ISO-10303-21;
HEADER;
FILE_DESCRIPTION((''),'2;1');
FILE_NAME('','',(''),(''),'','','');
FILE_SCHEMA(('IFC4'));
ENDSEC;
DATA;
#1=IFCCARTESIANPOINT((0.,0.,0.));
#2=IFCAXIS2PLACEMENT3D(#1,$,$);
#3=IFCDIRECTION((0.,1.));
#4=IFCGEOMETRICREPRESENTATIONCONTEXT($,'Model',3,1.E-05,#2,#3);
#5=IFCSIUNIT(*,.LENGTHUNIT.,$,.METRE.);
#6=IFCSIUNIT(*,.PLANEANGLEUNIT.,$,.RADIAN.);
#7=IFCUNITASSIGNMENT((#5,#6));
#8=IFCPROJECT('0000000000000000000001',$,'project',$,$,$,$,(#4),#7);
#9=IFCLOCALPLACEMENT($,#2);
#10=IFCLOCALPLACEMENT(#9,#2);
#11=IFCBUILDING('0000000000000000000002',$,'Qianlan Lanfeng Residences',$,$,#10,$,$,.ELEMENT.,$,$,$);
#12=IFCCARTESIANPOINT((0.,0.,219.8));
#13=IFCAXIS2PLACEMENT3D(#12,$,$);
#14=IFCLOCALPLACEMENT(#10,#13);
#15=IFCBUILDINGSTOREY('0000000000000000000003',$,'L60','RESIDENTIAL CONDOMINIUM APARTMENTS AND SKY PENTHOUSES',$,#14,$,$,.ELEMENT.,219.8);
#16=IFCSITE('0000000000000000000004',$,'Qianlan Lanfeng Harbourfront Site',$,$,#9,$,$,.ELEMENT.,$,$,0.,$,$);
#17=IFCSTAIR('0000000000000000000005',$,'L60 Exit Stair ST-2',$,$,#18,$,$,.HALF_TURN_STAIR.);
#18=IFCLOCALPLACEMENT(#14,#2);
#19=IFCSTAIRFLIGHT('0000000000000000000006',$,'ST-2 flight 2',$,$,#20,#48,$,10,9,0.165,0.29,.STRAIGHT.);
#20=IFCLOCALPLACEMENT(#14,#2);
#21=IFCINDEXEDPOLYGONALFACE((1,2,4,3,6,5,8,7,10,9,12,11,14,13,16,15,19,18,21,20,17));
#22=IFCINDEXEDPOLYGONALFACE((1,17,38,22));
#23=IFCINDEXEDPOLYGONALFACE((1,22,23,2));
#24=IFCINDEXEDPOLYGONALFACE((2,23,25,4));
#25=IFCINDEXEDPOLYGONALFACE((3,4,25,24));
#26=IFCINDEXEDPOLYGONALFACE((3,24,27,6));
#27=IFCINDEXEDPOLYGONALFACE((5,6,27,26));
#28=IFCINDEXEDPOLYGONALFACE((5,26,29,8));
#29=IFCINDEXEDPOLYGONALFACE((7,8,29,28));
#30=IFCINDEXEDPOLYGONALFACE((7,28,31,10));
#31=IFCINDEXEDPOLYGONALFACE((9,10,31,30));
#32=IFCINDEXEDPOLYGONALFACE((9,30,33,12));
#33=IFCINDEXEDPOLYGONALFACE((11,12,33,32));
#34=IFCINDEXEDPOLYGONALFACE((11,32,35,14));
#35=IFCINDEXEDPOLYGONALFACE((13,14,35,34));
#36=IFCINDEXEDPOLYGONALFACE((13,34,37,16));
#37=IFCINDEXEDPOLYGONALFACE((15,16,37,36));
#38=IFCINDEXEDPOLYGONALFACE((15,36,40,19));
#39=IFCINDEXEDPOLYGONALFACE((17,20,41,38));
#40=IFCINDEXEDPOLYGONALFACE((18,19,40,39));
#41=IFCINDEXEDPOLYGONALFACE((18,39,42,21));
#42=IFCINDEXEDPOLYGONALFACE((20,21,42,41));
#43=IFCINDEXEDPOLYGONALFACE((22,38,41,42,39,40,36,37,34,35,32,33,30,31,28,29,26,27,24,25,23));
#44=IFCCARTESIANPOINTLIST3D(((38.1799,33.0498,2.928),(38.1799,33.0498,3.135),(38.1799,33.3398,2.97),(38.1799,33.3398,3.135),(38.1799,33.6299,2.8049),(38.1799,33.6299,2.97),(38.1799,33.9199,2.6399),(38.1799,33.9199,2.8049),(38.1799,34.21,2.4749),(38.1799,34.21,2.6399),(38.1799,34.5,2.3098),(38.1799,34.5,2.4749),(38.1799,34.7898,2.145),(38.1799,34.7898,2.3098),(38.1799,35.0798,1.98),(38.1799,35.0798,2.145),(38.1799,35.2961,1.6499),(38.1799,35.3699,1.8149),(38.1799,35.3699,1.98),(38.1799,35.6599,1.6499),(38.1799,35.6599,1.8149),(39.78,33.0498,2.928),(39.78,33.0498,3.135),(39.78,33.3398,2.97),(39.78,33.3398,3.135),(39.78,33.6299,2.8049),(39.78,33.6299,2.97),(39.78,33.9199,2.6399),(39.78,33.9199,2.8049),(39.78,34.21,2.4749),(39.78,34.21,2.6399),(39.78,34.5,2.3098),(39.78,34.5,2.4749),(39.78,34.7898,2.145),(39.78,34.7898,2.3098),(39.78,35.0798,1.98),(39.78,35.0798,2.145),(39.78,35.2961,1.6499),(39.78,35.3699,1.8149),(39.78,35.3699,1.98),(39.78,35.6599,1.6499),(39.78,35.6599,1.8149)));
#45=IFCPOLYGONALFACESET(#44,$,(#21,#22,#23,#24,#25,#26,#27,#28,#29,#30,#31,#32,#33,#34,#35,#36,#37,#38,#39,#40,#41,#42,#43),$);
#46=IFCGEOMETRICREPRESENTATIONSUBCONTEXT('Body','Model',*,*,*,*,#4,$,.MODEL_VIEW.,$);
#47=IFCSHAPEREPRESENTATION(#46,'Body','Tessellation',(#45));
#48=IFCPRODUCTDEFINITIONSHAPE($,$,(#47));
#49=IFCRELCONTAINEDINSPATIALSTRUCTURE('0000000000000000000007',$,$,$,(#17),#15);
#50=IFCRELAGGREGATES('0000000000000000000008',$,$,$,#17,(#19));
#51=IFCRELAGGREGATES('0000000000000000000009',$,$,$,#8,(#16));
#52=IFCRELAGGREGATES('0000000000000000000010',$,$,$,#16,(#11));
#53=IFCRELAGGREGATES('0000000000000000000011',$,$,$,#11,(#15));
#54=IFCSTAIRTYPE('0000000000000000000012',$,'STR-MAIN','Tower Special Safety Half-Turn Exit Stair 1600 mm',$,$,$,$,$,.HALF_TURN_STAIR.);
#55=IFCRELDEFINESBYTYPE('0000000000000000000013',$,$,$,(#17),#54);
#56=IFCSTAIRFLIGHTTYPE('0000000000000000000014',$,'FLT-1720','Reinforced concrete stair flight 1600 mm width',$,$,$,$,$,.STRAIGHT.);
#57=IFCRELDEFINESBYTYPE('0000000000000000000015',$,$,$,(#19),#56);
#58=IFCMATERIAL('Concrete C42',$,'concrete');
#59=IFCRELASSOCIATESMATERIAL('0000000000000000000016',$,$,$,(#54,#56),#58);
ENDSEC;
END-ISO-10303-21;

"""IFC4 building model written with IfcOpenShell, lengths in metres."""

from ifc_helpers import new_model, si_unit, direction, frame, origin, place, context, subcontext, project, spatial, polyline, outline, extrude, material, type_object, element, aggregate, save


model = new_model("IFC4")

# Units and contexts
model_context = context("Model", 3, precision=1e-05, world=origin(), true_north=direction((0.0, 1.0)))
body_context = subcontext(model_context, "Body", "Model", "MODEL_VIEW")
ifc_project = project(units=[si_unit("LENGTHUNIT", "METRE"), si_unit("PLANEANGLEUNIT", "RADIAN")], contexts=[model_context])

# Site, building, storey
site_placement = place(None, origin())
site = spatial("IfcSite", under=ifc_project, at=site_placement, Name="Qianlan Lanfeng Harbourfront Site", CompositionType="ELEMENT", RefElevation=0.0)
building_placement = place(site_placement, origin())
building = spatial("IfcBuilding", under=site, at=building_placement, Name="Qianlan Lanfeng Residences", CompositionType="ELEMENT")
storey_placement = place(building_placement, frame((0.0, 0.0, 219.8)))
storey = spatial("IfcBuildingStorey", under=building, at=storey_placement, Name="L60", Description="RESIDENTIAL CONDOMINIUM APARTMENTS AND SKY PENTHOUSES", CompositionType="ELEMENT", Elevation=219.8)

# Shared definitions
ifc_material_1 = material(Name="Concrete C42", Category="concrete")

# Stair, stair flight
stair_type = type_object("IfcStairType", Name="STR-MAIN", Description="Tower Special Safety Half-Turn Exit Stair 1600 mm", PredefinedType="HALF_TURN_STAIR", material=ifc_material_1)
stair_placement = place(storey_placement, origin())
stair = element("IfcStair", 1, at=stair_placement, inside=storey, type_object=stair_type, Name="L60 Exit Stair ST-2", PredefinedType="HALF_TURN_STAIR")
stair_flight_type = type_object("IfcStairFlightType", Name="FLT-1720", Description="Reinforced concrete stair flight 1600 mm width", PredefinedType="STRAIGHT", material=ifc_material_1)
stair_flight_1_placement = place(storey_placement, frame((38.98, 35.6599, 1.6499), z_axis=(0.0, 0.0, 1.0), x_axis=(0.0, -1.0, 0.0)))
stair_flight_1 = element("IfcStairFlight", 2, at=stair_flight_1_placement, type_object=stair_flight_type, Name="ST-2 flight 2", NumberOfRisers=10, NumberOfTreads=9, PredefinedType="STRAIGHT", RiserHeight=0.165, TreadLength=0.29, context=body_context, shape_type="SweptSolid", body=[
    extrude(outline(polyline([(0.0, 0.0), (0.0, 0.165), (0.29, 0.165), (0.29, 0.3301), (0.5801, 0.3301), (0.5801, 0.4951), (0.8701, 0.4951), (0.8701, 0.6599), (1.1599, 0.6599), (1.1599, 0.825), (1.45, 0.825), (1.45, 0.99), (1.74, 0.99), (1.74, 1.155), (2.03, 1.155), (2.03, 1.3201), (2.3201, 1.3201), (2.3201, 1.4851), (2.6101, 1.4851), (2.6101, 1.6499), (2.6101, 1.2781), (0.3638, 0.0), (0.0, 0.0)])), frame((0.0, 0.8, 0.0), z_axis=(0.0, -1.0, 0.0), x_axis=(1.0, 0.0, 0.0)), (0.0, 0.0, 1.0), 1.6001),
])
aggregate(stair, [stair_flight_1])

save(model, "model.ifc")
